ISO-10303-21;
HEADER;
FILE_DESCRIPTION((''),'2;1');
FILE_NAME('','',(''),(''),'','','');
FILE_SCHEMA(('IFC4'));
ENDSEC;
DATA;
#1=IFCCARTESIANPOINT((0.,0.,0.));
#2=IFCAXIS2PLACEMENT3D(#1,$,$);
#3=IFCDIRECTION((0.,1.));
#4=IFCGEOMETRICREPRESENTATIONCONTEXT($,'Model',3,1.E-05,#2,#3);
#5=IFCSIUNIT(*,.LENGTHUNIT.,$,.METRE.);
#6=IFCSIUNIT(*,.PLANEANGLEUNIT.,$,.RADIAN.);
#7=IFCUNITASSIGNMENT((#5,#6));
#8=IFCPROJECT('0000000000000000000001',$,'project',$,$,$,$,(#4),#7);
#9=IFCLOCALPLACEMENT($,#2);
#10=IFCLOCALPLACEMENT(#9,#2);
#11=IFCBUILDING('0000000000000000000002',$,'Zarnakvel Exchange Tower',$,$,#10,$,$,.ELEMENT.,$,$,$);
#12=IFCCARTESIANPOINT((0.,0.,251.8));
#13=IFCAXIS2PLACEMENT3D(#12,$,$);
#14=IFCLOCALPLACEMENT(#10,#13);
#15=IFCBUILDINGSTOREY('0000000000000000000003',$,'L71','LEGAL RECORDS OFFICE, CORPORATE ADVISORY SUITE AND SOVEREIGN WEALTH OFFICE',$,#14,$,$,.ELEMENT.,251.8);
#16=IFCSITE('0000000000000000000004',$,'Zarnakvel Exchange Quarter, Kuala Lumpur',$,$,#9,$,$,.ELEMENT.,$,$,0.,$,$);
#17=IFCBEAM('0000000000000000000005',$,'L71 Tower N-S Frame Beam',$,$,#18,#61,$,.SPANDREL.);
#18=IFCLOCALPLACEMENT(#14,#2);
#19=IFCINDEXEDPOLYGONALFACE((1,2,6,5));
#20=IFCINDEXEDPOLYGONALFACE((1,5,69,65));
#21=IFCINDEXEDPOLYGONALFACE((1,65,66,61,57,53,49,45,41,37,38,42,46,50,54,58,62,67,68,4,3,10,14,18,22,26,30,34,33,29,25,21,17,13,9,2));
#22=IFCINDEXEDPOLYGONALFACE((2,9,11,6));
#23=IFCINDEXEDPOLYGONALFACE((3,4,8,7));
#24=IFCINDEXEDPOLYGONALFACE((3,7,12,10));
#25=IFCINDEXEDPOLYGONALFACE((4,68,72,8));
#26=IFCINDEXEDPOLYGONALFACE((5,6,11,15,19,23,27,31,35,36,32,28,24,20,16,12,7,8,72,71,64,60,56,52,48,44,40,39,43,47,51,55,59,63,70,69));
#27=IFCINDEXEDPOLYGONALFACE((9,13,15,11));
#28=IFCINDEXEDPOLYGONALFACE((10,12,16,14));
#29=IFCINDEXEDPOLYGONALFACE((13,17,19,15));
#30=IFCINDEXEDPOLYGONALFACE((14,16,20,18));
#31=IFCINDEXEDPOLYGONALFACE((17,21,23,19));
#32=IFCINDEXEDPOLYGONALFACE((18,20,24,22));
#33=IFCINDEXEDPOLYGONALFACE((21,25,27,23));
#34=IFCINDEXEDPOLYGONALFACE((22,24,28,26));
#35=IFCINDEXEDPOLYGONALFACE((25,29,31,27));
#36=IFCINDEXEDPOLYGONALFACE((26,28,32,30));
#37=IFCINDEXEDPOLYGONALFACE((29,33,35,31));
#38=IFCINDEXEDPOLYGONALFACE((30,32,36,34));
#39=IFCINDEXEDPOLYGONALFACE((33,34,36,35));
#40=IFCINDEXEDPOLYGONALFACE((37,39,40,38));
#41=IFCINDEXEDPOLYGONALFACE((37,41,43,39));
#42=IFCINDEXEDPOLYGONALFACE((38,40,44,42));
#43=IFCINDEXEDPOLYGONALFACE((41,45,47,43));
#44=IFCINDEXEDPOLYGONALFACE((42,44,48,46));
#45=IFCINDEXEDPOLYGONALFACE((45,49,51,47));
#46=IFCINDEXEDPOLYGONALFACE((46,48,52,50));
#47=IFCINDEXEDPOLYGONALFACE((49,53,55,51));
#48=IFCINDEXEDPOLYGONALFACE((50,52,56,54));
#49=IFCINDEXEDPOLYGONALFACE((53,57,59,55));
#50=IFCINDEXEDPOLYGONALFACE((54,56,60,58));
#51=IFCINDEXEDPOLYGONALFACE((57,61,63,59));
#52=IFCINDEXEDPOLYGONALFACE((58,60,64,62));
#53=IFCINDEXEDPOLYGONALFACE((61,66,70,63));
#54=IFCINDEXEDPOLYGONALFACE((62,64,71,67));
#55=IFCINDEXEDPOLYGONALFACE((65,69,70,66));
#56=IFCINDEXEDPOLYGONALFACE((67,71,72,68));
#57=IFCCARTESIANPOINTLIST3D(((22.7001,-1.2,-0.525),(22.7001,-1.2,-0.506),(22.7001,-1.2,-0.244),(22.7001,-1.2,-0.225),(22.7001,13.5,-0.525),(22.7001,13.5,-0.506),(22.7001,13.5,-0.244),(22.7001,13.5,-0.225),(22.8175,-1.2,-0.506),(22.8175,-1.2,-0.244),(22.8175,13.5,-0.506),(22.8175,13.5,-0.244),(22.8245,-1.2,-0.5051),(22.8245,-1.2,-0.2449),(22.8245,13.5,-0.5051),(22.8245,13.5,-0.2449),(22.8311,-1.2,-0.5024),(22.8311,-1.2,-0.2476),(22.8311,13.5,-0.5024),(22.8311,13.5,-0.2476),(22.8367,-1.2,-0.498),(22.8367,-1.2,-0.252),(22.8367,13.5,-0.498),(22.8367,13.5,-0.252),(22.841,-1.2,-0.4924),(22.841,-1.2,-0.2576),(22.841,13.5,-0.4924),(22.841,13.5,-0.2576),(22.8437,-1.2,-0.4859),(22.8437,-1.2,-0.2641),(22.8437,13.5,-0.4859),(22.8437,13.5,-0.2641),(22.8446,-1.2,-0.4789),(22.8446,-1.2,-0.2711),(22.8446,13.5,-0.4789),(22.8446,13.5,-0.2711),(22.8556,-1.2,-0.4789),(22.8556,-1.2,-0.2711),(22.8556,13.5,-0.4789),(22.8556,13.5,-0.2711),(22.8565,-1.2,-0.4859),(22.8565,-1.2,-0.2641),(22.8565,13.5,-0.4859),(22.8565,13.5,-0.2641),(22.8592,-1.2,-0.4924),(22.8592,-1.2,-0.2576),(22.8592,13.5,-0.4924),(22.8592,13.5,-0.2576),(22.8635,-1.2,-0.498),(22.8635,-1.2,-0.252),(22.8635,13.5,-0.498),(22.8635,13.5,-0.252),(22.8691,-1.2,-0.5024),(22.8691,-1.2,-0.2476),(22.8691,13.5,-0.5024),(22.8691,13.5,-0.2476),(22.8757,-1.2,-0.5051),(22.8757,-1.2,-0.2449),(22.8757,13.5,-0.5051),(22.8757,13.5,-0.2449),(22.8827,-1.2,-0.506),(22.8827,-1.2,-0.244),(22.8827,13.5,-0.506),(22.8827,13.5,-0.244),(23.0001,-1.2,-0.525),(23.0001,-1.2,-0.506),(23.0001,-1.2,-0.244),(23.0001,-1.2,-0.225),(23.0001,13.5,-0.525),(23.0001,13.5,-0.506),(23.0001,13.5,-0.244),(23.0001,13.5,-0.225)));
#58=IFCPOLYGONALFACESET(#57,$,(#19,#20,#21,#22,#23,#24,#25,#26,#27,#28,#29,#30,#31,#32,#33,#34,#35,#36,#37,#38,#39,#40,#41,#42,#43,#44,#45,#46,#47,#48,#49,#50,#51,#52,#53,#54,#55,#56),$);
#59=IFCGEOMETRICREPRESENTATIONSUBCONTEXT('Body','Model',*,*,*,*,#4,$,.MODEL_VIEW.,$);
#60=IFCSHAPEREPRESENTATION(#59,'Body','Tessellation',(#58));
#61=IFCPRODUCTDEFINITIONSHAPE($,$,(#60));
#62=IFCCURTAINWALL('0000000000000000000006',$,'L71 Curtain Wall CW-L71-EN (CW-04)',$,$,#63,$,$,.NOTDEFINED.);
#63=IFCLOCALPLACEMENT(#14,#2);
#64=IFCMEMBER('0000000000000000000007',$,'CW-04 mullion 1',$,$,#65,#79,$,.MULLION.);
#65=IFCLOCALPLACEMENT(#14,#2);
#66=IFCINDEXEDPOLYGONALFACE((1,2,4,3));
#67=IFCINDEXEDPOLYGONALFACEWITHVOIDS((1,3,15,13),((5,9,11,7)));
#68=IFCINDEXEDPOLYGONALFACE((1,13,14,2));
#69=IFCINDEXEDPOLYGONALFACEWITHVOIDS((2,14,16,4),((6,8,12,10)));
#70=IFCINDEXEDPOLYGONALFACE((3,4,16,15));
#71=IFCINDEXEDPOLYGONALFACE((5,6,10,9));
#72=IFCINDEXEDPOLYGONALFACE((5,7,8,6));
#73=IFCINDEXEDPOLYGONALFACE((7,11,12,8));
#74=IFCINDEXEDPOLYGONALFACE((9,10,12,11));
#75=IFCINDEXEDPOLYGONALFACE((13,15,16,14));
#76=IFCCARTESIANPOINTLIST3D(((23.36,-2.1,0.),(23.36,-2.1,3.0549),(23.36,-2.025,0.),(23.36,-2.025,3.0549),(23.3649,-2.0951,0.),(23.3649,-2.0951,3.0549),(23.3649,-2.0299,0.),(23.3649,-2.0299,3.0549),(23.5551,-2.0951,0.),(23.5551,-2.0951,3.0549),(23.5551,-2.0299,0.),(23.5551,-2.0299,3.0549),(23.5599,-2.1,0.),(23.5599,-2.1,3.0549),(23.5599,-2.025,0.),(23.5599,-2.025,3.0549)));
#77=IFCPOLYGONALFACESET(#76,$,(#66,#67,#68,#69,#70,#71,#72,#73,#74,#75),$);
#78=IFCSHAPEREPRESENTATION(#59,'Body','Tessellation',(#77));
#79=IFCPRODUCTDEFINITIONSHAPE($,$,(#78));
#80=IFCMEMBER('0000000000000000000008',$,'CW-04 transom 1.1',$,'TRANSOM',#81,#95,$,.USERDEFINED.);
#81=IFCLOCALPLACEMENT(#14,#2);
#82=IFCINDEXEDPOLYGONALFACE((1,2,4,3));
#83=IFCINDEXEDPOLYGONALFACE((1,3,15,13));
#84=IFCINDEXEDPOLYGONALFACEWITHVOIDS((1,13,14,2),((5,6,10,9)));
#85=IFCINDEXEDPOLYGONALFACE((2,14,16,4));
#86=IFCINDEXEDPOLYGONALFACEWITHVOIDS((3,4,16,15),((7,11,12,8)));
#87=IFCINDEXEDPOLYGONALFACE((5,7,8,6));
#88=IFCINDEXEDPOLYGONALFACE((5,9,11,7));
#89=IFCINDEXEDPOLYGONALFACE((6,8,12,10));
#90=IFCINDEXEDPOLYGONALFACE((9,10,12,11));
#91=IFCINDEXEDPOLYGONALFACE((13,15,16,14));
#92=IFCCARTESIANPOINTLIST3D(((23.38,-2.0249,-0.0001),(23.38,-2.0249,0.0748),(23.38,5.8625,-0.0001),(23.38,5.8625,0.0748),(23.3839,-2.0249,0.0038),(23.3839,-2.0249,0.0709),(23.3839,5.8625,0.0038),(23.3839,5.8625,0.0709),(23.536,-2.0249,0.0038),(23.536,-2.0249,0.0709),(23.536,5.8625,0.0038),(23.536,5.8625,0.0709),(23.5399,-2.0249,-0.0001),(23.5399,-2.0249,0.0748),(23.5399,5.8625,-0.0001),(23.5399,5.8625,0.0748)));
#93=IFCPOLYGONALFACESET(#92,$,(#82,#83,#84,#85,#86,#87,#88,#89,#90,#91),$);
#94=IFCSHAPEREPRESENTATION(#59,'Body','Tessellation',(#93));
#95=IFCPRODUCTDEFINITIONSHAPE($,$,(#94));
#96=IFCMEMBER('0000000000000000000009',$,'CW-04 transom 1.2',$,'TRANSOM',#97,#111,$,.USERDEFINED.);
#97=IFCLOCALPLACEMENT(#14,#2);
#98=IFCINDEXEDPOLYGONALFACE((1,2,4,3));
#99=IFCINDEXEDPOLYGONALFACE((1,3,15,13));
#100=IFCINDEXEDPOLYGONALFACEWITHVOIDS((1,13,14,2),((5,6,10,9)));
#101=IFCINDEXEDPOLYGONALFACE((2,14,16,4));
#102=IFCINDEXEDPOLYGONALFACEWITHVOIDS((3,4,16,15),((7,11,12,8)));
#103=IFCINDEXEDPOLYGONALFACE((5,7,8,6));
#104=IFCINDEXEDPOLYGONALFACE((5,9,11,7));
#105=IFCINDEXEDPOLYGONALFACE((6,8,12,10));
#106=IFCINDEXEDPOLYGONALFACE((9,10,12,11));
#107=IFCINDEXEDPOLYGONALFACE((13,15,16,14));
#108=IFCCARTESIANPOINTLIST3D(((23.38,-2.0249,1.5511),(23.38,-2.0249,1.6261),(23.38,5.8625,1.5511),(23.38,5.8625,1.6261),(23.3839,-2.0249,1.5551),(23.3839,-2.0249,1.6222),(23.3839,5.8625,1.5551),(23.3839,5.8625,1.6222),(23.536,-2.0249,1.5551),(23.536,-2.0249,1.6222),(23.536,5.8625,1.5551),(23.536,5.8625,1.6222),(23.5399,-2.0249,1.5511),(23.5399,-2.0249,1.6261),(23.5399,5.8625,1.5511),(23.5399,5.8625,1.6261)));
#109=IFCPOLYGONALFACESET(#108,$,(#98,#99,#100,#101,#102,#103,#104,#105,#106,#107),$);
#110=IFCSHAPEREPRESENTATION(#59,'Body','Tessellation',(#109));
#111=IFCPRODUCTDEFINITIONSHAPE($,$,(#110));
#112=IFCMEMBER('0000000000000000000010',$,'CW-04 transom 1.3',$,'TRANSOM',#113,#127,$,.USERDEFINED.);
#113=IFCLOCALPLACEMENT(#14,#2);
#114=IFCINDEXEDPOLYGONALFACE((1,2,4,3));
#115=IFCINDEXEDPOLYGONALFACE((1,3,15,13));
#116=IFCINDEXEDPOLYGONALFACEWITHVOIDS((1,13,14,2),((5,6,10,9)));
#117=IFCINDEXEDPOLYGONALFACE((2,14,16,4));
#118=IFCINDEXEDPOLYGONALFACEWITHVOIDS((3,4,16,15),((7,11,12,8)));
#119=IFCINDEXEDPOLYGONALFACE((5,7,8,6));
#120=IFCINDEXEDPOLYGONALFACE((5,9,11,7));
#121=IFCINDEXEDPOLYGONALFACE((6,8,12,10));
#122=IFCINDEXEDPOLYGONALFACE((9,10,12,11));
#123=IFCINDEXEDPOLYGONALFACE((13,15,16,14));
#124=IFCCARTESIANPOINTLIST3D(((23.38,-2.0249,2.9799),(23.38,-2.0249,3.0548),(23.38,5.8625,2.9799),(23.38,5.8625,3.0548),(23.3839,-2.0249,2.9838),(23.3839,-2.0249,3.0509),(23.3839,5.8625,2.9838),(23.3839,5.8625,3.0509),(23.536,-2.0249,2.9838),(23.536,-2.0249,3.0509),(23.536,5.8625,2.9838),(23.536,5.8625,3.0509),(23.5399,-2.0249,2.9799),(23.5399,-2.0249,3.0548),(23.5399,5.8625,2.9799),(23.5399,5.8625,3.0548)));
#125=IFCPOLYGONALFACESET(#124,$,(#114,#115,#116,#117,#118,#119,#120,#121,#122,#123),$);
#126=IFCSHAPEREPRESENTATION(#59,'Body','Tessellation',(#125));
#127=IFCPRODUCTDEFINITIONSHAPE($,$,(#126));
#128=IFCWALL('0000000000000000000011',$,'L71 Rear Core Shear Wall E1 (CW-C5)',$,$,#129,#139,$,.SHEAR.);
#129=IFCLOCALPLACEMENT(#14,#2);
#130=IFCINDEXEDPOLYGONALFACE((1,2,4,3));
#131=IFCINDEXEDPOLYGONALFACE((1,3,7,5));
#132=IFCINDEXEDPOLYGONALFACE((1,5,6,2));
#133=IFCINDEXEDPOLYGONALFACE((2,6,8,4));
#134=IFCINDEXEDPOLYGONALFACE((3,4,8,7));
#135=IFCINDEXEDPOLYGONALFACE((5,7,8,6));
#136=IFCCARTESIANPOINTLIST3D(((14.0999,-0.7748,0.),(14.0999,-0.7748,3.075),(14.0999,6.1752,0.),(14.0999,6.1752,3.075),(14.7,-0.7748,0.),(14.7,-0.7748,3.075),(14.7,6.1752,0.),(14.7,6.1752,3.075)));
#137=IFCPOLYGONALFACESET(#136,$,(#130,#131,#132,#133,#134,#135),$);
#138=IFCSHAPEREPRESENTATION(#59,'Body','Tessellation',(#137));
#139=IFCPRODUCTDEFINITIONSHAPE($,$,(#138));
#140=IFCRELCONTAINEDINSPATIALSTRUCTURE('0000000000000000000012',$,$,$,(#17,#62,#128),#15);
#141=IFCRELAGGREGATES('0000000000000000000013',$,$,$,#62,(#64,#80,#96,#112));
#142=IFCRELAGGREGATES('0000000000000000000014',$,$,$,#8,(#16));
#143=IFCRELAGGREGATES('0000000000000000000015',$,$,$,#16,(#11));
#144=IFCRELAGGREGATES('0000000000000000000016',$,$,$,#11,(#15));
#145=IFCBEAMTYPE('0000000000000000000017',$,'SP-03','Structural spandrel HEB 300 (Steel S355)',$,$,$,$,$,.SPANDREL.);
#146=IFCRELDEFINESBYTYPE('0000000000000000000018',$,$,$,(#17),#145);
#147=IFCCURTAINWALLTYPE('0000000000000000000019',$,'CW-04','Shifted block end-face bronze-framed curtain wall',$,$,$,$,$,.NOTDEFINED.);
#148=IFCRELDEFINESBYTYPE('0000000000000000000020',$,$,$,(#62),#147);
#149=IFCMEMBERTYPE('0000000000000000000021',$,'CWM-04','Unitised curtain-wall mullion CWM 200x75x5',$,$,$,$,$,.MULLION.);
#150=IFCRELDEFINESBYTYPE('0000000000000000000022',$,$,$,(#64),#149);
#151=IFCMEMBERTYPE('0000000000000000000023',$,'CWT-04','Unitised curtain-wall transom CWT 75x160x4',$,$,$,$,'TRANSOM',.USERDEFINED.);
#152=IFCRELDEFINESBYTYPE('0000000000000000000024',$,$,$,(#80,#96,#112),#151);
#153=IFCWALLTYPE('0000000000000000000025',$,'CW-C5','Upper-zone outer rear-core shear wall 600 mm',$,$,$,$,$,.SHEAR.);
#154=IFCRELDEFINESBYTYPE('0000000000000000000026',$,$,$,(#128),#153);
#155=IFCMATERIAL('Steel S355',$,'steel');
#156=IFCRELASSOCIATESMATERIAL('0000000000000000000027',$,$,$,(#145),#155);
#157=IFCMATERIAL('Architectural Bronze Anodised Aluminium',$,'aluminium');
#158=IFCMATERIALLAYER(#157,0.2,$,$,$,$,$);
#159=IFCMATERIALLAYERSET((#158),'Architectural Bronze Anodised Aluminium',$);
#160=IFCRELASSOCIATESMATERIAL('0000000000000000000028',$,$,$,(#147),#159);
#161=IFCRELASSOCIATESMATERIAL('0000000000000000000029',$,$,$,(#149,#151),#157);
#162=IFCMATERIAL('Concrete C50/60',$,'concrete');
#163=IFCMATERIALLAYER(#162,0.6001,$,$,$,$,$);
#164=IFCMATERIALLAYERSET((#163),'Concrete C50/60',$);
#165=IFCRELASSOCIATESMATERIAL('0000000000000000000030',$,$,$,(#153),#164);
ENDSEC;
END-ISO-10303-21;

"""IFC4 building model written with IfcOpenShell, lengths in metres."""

from ifc_helpers import new_model, si_unit, direction, frame, frame_2d, origin, origin_2d, place, context, subcontext, project, spatial, rectangle, hollow_rectangle, i_section, extrude, source, transform, mapped, material, layer, layer_set, material_profile, profile_set, type_object, element, aggregate, save


model = new_model("IFC4")

# Units and contexts
model_context = context("Model", 3, precision=1e-05, world=origin(), true_north=direction((0.0, 1.0)))
body_context = subcontext(model_context, "Body", "Model", "MODEL_VIEW")
ifc_project = project(units=[si_unit("LENGTHUNIT", "METRE"), si_unit("PLANEANGLEUNIT", "RADIAN")], contexts=[model_context])

# Site, building, storey
site_placement = place(None, origin())
site = spatial("IfcSite", under=ifc_project, at=site_placement, Name="Zarnakvel Exchange Quarter, Kuala Lumpur", CompositionType="ELEMENT", RefElevation=0.0)
building_placement = place(site_placement, origin())
building = spatial("IfcBuilding", under=site, at=building_placement, Name="Zarnakvel Exchange Tower", CompositionType="ELEMENT")
storey_placement = place(building_placement, frame((0.0, 0.0, 251.8)))
storey = spatial("IfcBuildingStorey", under=building, at=storey_placement, Name="L71", Description="LEGAL RECORDS OFFICE, CORPORATE ADVISORY SUITE AND SOVEREIGN WEALTH OFFICE", CompositionType="ELEMENT", Elevation=251.8)

# Shared definitions
ifc_material_1 = material(Name="Concrete C50/60", Category="concrete")
ifc_material_2 = material(Name="Steel S355", Category="steel")

# Beam
ifc_material_profile_1 = material_profile(ifc_material_2, i_section(OverallWidth=0.3, OverallDepth=0.3, WebThickness=0.011, FlangeThickness=0.019, FilletRadius=0.0271, at=origin_2d()))
ifc_profile_set_1 = profile_set([ifc_material_profile_1], Name="Steel S355")
beam_type_1 = type_object("IfcBeamType", Name="SP-03", Description="Structural spandrel HEB 300 (Steel S355)", PredefinedType="SPANDREL", material=ifc_profile_set_1)
beam_1_placement = place(storey_placement, frame((22.8501, -1.2, -0.375), z_axis=(0.0, 1.0, 0.0), x_axis=(-1.0, 0.0, 0.0)))
element("IfcBeam", 1, at=beam_1_placement, inside=storey, type_object=beam_type_1, Name="L71 Tower N-S Frame Beam", PredefinedType="SPANDREL", context=body_context, shape_type="SweptSolid", body=[
    extrude(i_section(OverallWidth=0.3, OverallDepth=0.3, WebThickness=0.011, FlangeThickness=0.019, FilletRadius=0.0271, at=origin_2d()), origin(), (0.0, 0.0, 1.0), 14.7),
])

# Curtain wall, members
ifc_material_3 = material(Name="Architectural Bronze Anodised Aluminium", Category="aluminium")
ifc_layer_1 = layer(ifc_material_3, 0.2)
ifc_layer_set_1 = layer_set([ifc_layer_1], Name="Architectural Bronze Anodised Aluminium")
curtain_wall_type = type_object("IfcCurtainWallType", Name="CW-04", Description="Shifted block end-face bronze-framed curtain wall", PredefinedType="NOTDEFINED", material=ifc_layer_set_1)
curtain_wall_placement = place(storey_placement, origin())
curtain_wall = element("IfcCurtainWall", 2, at=curtain_wall_placement, inside=storey, type_object=curtain_wall_type, Name="L71 Curtain Wall CW-L71-EN (CW-04)", PredefinedType="NOTDEFINED")
ifc_material_profile_2 = material_profile(ifc_material_3, hollow_rectangle(XDim=0.2, YDim=0.075, WallThickness=0.0049, at=origin_2d()))
ifc_profile_set_2 = profile_set([ifc_material_profile_2], Name="Architectural Bronze Anodised Aluminium")
member_type_1 = type_object("IfcMemberType", Name="CWM-04", Description="Unitised curtain-wall mullion CWM 200x75x5", PredefinedType="MULLION", material=ifc_profile_set_2)
shared_shape_1 = source(origin(), body_context, "Body", "SweptSolid", [
    extrude(hollow_rectangle(XDim=0.2, YDim=0.075, WallThickness=0.0049, at=origin_2d()), origin(), (0.0, 0.0, 1.0), 3.0549),
])
member_1_placement = place(storey_placement, frame((23.46, -2.0625, 0.0), z_axis=(0.0, 0.0, 1.0), x_axis=(-1.0, 0.0, 0.0)))
member_1 = element("IfcMember", 3, at=member_1_placement, type_object=member_type_1, Name="CW-04 mullion 1", PredefinedType="MULLION", context=body_context, shape_type="MappedRepresentation", body=[
    mapped(shared_shape_1, transform((0.0, 0.0, 0.0), x_axis=(1.0, 0.0, 0.0), y_axis=(0.0, 1.0, 0.0), z_axis=(0.0, 0.0, 1.0), scale=1.0)),
])
ifc_material_profile_3 = material_profile(ifc_material_3, hollow_rectangle(XDim=0.1599, YDim=0.075, WallThickness=0.0039, at=origin_2d()))
ifc_profile_set_3 = profile_set([ifc_material_profile_3], Name="Architectural Bronze Anodised Aluminium")
member_type_2 = type_object("IfcMemberType", Name="CWT-04", Description="Unitised curtain-wall transom CWT 75x160x4", ElementType="TRANSOM", PredefinedType="USERDEFINED", material=ifc_profile_set_3)
shared_shape_2 = source(origin(), body_context, "Body", "SweptSolid", [
    extrude(hollow_rectangle(XDim=0.1599, YDim=0.075, WallThickness=0.0039, at=origin_2d()), origin(), (0.0, 0.0, 1.0), 7.8875),
])
member_2_placement = place(storey_placement, frame((23.46, -2.0249, 0.0374), z_axis=(0.0, 1.0, 0.0), x_axis=(-1.0, 0.0, 0.0)))
member_2 = element("IfcMember", 4, at=member_2_placement, type_object=member_type_2, Name="CW-04 transom 1.1", ObjectType="TRANSOM", PredefinedType="USERDEFINED", context=body_context, shape_type="MappedRepresentation", body=[
    mapped(shared_shape_2, transform((0.0, 0.0, 0.0), x_axis=(1.0, 0.0, 0.0), y_axis=(0.0, 1.0, 0.0), z_axis=(0.0, 0.0, 1.0), scale=1.0)),
])
member_3_placement = place(storey_placement, frame((23.46, -2.0249, 1.5886), z_axis=(0.0, 1.0, 0.0), x_axis=(-1.0, 0.0, 0.0)))
member_3 = element("IfcMember", 5, at=member_3_placement, type_object=member_type_2, Name="CW-04 transom 1.2", ObjectType="TRANSOM", PredefinedType="USERDEFINED", context=body_context, shape_type="MappedRepresentation", body=[
    mapped(shared_shape_2, transform((0.0, 0.0, 0.0), x_axis=(1.0, 0.0, 0.0), y_axis=(0.0, 1.0, 0.0), z_axis=(0.0, 0.0, 1.0), scale=1.0)),
])
member_4_placement = place(storey_placement, frame((23.46, -2.0249, 3.0173), z_axis=(0.0, 1.0, 0.0), x_axis=(-1.0, 0.0, 0.0)))
member_4 = element("IfcMember", 6, at=member_4_placement, type_object=member_type_2, Name="CW-04 transom 1.3", ObjectType="TRANSOM", PredefinedType="USERDEFINED", context=body_context, shape_type="MappedRepresentation", body=[
    mapped(shared_shape_2, transform((0.0, 0.0, 0.0), x_axis=(1.0, 0.0, 0.0), y_axis=(0.0, 1.0, 0.0), z_axis=(0.0, 0.0, 1.0), scale=1.0)),
])
aggregate(curtain_wall, [member_1, member_2, member_3, member_4])

# Wall
ifc_layer_2 = layer(ifc_material_1, 0.6001)
ifc_layer_set_2 = layer_set([ifc_layer_2], Name="Concrete C50/60")
wall_type_1 = type_object("IfcWallType", Name="CW-C5", Description="Upper-zone outer rear-core shear wall 600 mm", PredefinedType="SHEAR", material=ifc_layer_set_2)
wall_1_placement = place(storey_placement, frame((14.3999, -0.7749, 0.0), z_axis=(0.0, 0.0, 1.0), x_axis=(0.0, 1.0, 0.0)))
element("IfcWall", 7, at=wall_1_placement, inside=storey, type_object=wall_type_1, Name="L71 Rear Core Shear Wall E1 (CW-C5)", PredefinedType="SHEAR", context=body_context, shape_type="SweptSolid", body=[
    extrude(rectangle(XDim=6.95, YDim=0.6001, at=frame_2d((3.4751, 0.0))), origin(), (0.0, 0.0, 1.0), 3.075),
])

save(model, "model.ifc")
